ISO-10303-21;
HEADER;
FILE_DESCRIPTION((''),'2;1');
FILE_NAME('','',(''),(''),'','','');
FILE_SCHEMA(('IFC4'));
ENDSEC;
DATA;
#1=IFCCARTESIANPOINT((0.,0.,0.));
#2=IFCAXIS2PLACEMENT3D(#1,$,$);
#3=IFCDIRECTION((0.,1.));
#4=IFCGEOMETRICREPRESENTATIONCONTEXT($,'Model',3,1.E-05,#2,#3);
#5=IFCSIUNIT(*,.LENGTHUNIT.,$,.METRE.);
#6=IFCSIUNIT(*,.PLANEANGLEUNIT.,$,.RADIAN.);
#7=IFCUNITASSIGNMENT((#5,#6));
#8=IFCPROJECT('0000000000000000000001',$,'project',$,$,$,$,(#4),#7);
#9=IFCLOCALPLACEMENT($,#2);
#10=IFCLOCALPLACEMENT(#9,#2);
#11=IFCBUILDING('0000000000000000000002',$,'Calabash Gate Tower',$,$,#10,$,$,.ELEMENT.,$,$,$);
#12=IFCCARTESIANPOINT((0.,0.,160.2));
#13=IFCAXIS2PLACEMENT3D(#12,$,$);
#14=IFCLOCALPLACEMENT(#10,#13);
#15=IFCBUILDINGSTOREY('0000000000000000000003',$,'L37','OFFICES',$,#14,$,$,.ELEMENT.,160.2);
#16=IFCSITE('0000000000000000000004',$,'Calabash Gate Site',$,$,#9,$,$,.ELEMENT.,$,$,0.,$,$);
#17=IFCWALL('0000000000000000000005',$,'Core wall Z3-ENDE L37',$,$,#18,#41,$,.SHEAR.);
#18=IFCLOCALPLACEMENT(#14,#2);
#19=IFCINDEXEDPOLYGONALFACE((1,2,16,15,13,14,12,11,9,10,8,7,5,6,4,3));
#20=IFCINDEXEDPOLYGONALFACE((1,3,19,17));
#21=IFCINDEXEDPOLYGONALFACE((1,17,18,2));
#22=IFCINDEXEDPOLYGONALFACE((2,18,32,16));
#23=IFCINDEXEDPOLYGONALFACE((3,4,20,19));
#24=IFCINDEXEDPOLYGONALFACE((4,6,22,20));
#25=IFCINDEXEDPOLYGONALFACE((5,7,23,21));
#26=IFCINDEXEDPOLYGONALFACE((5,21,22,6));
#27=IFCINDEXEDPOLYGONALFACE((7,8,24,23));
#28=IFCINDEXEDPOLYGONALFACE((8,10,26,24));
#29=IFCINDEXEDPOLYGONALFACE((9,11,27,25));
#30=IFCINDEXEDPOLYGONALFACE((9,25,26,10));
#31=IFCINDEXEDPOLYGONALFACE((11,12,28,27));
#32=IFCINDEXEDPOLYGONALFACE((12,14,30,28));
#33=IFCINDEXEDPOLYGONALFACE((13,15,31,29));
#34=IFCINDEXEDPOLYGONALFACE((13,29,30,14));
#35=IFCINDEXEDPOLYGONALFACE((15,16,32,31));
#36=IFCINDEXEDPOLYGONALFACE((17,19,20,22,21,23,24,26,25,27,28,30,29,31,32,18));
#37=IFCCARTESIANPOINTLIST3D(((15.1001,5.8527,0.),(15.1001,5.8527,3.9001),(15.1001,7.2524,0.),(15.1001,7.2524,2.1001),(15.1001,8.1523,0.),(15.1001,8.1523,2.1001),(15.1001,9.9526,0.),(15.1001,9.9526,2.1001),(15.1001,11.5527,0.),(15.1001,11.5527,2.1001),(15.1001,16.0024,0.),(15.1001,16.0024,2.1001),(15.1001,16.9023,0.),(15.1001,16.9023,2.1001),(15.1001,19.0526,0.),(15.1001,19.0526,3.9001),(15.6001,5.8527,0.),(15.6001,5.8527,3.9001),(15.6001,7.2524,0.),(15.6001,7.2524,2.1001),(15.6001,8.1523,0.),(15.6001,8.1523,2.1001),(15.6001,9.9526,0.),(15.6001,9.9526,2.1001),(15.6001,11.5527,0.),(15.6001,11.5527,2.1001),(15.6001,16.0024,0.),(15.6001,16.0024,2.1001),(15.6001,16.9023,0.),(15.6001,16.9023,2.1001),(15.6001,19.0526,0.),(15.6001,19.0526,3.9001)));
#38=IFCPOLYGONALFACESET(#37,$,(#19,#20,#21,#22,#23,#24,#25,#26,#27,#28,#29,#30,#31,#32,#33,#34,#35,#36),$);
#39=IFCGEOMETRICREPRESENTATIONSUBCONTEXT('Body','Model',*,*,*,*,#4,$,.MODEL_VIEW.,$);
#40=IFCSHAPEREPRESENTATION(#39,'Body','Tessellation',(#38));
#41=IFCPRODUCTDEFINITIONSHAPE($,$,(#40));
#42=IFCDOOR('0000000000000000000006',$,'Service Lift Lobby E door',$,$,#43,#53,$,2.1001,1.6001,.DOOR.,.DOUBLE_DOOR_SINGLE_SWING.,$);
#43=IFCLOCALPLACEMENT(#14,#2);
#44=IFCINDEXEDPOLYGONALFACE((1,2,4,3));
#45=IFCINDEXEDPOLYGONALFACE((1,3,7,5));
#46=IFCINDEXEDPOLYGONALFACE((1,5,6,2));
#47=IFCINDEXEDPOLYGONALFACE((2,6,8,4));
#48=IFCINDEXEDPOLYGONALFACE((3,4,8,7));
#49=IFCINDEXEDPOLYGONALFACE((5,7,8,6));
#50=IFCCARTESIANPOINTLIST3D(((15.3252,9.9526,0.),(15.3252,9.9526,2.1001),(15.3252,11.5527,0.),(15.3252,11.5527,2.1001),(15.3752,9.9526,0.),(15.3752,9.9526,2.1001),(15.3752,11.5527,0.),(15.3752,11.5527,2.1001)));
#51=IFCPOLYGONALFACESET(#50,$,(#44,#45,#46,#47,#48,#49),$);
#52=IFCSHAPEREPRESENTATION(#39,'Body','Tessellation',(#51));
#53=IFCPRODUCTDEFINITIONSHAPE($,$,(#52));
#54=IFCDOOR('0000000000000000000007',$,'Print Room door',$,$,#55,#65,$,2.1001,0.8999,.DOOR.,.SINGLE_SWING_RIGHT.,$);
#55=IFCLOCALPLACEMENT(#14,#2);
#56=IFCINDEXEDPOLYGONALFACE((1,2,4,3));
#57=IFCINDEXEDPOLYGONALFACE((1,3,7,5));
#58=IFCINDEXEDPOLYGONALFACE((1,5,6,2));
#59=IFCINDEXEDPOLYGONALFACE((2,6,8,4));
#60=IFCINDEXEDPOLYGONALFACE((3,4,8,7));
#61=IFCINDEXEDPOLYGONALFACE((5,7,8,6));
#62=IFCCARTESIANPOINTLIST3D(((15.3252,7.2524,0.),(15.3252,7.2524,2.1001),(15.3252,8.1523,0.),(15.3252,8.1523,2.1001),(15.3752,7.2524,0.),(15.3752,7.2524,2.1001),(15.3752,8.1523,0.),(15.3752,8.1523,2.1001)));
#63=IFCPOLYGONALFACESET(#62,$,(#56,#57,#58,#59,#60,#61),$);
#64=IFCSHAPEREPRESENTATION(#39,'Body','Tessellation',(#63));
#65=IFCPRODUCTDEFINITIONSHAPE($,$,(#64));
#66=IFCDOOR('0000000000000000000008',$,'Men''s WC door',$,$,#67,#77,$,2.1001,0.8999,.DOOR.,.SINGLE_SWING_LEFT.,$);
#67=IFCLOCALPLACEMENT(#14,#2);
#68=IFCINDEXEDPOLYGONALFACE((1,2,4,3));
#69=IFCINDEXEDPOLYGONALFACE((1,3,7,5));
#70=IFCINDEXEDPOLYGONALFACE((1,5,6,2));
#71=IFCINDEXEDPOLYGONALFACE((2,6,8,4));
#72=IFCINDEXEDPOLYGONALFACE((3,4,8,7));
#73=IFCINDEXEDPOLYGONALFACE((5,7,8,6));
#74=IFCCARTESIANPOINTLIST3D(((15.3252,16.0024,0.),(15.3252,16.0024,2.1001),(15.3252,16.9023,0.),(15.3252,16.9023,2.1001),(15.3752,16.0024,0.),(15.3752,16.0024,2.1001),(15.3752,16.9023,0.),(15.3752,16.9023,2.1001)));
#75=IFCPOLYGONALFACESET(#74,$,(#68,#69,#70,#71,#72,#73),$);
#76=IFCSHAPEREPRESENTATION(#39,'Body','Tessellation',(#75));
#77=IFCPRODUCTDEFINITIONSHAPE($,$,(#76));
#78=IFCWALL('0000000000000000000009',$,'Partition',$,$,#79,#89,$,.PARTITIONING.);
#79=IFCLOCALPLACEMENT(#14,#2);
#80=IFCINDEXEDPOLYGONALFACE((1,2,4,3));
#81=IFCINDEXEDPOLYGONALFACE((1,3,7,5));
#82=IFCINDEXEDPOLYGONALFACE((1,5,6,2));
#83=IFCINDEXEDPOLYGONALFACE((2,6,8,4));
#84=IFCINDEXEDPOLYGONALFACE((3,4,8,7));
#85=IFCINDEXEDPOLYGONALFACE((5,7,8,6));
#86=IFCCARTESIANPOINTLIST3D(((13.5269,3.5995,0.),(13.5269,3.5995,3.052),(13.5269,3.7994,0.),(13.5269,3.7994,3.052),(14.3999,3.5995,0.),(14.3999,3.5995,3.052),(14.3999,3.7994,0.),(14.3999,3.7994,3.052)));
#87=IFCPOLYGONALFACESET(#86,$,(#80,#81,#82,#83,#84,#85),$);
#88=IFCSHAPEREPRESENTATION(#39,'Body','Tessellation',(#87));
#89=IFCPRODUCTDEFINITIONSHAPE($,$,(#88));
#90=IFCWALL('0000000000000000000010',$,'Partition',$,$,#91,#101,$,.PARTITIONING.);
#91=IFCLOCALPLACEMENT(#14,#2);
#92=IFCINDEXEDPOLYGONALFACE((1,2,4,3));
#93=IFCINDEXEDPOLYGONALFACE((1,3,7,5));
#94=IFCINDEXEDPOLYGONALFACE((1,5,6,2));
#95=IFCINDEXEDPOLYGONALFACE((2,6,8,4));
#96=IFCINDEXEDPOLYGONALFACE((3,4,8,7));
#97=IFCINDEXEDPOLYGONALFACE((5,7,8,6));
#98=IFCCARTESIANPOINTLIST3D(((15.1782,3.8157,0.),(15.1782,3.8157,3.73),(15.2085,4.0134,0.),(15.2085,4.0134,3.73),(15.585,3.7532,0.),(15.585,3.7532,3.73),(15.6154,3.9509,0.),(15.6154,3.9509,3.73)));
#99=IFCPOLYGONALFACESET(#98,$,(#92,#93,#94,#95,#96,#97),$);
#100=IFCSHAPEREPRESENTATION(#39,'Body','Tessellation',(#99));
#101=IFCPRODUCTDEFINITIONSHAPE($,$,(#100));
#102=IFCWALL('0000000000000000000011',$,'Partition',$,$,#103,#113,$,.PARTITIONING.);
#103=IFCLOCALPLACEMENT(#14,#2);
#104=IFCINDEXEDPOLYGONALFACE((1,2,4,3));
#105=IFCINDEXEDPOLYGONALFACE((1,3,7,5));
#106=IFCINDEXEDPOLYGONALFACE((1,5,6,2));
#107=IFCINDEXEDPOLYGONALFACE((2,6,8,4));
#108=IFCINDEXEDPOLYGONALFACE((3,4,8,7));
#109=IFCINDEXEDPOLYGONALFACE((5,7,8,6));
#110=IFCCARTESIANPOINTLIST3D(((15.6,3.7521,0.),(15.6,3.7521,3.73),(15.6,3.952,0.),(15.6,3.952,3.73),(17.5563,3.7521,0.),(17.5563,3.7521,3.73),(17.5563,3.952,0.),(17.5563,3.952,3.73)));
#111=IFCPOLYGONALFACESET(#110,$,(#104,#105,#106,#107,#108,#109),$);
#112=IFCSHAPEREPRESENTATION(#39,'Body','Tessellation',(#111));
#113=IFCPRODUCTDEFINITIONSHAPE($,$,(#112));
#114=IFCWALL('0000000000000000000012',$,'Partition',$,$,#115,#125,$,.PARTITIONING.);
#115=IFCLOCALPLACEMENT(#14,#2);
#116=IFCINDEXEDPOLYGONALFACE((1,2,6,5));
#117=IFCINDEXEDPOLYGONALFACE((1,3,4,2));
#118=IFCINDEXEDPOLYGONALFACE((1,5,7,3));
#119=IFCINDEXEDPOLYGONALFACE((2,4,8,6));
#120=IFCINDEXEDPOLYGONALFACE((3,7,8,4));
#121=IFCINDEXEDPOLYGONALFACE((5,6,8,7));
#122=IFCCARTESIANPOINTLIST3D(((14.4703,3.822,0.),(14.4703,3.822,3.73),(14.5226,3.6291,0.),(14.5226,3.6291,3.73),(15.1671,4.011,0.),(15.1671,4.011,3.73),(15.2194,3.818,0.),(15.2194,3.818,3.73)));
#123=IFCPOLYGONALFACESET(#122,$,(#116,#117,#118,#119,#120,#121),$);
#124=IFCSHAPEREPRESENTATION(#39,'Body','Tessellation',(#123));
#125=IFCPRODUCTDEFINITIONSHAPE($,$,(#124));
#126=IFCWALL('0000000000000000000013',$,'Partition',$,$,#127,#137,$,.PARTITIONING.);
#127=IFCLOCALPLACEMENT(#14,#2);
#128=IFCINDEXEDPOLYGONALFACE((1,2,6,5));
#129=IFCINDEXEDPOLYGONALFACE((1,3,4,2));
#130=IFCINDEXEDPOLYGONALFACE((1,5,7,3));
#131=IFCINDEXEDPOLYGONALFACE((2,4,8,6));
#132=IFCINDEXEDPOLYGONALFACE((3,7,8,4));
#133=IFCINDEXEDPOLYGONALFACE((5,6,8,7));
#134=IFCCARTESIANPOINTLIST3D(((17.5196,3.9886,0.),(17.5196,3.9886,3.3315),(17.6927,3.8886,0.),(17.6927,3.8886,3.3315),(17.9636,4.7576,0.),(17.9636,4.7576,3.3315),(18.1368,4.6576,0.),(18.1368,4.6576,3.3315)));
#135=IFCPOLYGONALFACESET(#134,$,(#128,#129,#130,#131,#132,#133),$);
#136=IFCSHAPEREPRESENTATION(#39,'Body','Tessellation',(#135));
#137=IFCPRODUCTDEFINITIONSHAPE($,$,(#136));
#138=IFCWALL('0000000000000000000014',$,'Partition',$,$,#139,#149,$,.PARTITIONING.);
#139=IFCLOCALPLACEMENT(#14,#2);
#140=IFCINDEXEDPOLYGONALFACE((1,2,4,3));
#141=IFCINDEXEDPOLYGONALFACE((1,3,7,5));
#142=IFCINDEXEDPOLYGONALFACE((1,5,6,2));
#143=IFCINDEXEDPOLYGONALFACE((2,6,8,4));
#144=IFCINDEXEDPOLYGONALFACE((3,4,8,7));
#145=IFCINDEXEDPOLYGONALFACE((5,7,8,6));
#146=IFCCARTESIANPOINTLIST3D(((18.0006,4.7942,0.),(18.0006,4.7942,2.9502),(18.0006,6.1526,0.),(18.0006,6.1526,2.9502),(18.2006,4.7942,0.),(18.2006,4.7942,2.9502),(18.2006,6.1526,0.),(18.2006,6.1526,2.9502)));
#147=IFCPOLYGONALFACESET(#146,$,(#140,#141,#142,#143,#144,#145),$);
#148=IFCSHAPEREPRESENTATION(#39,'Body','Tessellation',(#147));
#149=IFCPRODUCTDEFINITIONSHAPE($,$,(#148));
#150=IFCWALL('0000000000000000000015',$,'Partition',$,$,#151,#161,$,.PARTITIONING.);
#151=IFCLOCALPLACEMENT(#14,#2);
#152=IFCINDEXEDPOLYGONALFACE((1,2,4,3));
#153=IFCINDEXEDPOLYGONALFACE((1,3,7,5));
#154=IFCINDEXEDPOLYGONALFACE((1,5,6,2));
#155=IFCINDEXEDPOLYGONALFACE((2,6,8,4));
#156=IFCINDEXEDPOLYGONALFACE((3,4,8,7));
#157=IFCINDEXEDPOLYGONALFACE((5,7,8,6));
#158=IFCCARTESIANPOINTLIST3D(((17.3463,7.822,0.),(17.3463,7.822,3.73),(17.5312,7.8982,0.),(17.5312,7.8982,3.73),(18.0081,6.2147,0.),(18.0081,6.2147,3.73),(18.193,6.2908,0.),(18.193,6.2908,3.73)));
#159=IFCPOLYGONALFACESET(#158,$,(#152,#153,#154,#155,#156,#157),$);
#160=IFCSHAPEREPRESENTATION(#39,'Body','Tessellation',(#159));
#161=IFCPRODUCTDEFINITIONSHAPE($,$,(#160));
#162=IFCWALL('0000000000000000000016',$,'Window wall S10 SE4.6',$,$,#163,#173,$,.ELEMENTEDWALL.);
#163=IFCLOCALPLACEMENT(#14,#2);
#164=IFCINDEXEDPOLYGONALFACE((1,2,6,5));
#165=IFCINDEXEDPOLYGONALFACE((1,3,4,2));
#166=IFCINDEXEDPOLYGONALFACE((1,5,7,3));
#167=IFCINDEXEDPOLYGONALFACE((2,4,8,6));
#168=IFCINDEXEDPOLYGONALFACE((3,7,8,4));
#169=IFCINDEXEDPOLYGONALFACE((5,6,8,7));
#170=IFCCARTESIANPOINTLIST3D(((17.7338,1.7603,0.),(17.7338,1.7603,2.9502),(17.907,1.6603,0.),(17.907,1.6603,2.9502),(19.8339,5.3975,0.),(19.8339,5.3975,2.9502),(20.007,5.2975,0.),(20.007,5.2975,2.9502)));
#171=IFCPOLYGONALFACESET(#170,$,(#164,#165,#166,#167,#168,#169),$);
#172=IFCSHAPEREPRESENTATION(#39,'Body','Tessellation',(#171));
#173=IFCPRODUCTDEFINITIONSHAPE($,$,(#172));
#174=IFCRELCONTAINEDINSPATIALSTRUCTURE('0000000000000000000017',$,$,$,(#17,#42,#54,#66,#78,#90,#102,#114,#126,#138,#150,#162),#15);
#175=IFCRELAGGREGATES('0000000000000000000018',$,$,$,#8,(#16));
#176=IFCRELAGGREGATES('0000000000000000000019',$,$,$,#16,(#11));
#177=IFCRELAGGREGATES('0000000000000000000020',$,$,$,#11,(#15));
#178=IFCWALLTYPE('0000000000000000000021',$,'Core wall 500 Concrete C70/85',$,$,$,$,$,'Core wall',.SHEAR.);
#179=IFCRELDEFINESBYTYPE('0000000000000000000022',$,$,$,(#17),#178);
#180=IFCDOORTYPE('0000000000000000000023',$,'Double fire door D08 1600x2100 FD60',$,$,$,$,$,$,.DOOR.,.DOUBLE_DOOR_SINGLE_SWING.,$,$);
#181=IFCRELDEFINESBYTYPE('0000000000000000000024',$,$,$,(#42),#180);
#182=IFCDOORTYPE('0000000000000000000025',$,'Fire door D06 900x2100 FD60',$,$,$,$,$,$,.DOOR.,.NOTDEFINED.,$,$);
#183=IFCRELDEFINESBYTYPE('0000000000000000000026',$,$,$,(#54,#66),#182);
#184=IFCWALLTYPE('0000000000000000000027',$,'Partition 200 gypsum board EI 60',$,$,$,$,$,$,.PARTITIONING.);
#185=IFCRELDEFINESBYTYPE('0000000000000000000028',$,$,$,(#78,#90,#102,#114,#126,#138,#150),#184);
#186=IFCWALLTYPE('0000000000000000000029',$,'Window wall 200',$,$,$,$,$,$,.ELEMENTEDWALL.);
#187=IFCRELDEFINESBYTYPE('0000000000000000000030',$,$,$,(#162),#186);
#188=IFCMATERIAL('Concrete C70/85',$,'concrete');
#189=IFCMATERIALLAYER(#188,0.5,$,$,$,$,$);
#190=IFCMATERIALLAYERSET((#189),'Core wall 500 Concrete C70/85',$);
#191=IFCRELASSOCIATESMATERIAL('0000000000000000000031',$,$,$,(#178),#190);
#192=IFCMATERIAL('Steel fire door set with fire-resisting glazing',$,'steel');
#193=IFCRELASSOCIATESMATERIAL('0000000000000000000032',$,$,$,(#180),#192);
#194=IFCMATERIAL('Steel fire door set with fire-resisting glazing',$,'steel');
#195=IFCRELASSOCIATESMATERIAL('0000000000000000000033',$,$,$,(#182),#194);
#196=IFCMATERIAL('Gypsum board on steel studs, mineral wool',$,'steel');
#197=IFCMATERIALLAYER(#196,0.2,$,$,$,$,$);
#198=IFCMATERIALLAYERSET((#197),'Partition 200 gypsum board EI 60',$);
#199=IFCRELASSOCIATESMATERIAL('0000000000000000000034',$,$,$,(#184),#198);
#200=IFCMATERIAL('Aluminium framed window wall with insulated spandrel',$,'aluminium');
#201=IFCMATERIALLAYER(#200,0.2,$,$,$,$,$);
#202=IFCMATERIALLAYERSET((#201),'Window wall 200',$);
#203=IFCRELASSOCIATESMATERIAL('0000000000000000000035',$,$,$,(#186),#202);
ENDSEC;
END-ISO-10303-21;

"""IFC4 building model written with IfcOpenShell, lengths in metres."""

from ifc_helpers import new_model, si_unit, direction, frame, frame_2d, origin, place, context, subcontext, project, spatial, rectangle, extrude, material, layer, layer_set, type_object, element, fill, save


model = new_model("IFC4")

# Units and contexts
model_context = context("Model", 3, precision=1e-05, world=origin(), true_north=direction((0.0, 1.0)))
body_context = subcontext(model_context, "Body", "Model", "MODEL_VIEW")
ifc_project = project(units=[si_unit("LENGTHUNIT", "METRE"), si_unit("PLANEANGLEUNIT", "RADIAN")], contexts=[model_context])

# Site, building, storey
site_placement = place(None, origin())
site = spatial("IfcSite", under=ifc_project, at=site_placement, Name="Calabash Gate Site", CompositionType="ELEMENT", RefElevation=0.0)
building_placement = place(site_placement, origin())
building = spatial("IfcBuilding", under=site, at=building_placement, Name="Calabash Gate Tower", CompositionType="ELEMENT")
storey_placement = place(building_placement, frame((0.0, 0.0, 160.2)))
storey = spatial("IfcBuildingStorey", under=building, at=storey_placement, Name="L37", Description="OFFICES", CompositionType="ELEMENT", Elevation=160.2)

# Wall, openings, doors
ifc_material_1 = material(Name="Concrete C70/85", Category="concrete")
ifc_layer_1 = layer(ifc_material_1, 0.5)
ifc_layer_set_1 = layer_set([ifc_layer_1], Name="Core wall 500 Concrete C70/85")
wall_type_1 = type_object("IfcWallType", Name="Core wall 500 Concrete C70/85", ElementType="Core wall", PredefinedType="SHEAR", material=ifc_layer_set_1)
wall_1_placement = place(storey_placement, frame((15.3501, 5.8525, 0.0), z_axis=(0.0, 0.0, 1.0), x_axis=(0.0, 1.0, 0.0)))
wall_1 = element("IfcWall", 1, at=wall_1_placement, inside=storey, type_object=wall_type_1, Name="Core wall Z3-ENDE L37", PredefinedType="SHEAR", context=body_context, shape_type="SweptSolid", body=[
    extrude(rectangle(XDim=13.2, YDim=0.5, at=frame_2d((6.6001, 0.0))), origin(), (0.0, 0.0, 1.0), 3.9001),
])
opening_1_placement = place(wall_1_placement, frame((4.1001, 0.0, 0.0)))
opening_1 = element("IfcOpeningElement", 2, at=opening_1_placement, cuts=wall_1, PredefinedType="OPENING", context=body_context, shape_type="SweptSolid", body=[
    extrude(rectangle(XDim=1.6001, YDim=2.1001, at=frame_2d((0.8, 1.05))), frame((0.0, 0.26, 0.0), z_axis=(0.0, -1.0, 0.0), x_axis=(1.0, 0.0, 0.0)), (0.0, 0.0, 1.0), 0.52),
])
opening_2_placement = place(wall_1_placement, frame((1.3999, 0.0, 0.0)))
opening_2 = element("IfcOpeningElement", 3, at=opening_2_placement, cuts=wall_1, PredefinedType="OPENING", context=body_context, shape_type="SweptSolid", body=[
    extrude(rectangle(XDim=0.8999, YDim=2.1001, at=frame_2d((0.45, 1.05))), frame((0.0, 0.26, 0.0), z_axis=(0.0, -1.0, 0.0), x_axis=(1.0, 0.0, 0.0)), (0.0, 0.0, 1.0), 0.52),
])
opening_3_placement = place(wall_1_placement, frame((10.1499, 0.0, 0.0)))
opening_3 = element("IfcOpeningElement", 4, at=opening_3_placement, cuts=wall_1, PredefinedType="OPENING", context=body_context, shape_type="SweptSolid", body=[
    extrude(rectangle(XDim=0.8999, YDim=2.1001, at=frame_2d((0.45, 1.05))), frame((0.0, 0.26, 0.0), z_axis=(0.0, -1.0, 0.0), x_axis=(1.0, 0.0, 0.0)), (0.0, 0.0, 1.0), 0.52),
])
ifc_material_2 = material(Name="Steel fire door set with fire-resisting glazing", Category="steel")
door_type_1 = type_object("IfcDoorType", Name="Double fire door D08 1600x2100 FD60", OperationType="DOUBLE_DOOR_SINGLE_SWING", PredefinedType="DOOR", material=ifc_material_2)
door_1_placement = place(opening_1_placement, origin())
door_1 = element("IfcDoor", 5, at=door_1_placement, inside=storey, type_object=door_type_1, Name="Service Lift Lobby E door", OperationType="DOUBLE_DOOR_SINGLE_SWING", OverallHeight=2.1001, OverallWidth=1.6001, PredefinedType="DOOR", context=body_context, shape_type="SweptSolid", body=[
    extrude(rectangle(XDim=1.6001, YDim=2.1001, at=frame_2d((0.8, 1.05))), frame((0.0, 0.0249, 0.0), z_axis=(0.0, -1.0, 0.0), x_axis=(1.0, 0.0, 0.0)), (0.0, 0.0, 1.0), 0.05),
])
fill(opening_1, door_1)
ifc_material_3 = material(Name="Steel fire door set with fire-resisting glazing", Category="steel")
door_type_2 = type_object("IfcDoorType", Name="Fire door D06 900x2100 FD60", OperationType="NOTDEFINED", PredefinedType="DOOR", material=ifc_material_3)
door_2_placement = place(opening_2_placement, origin())
door_2 = element("IfcDoor", 6, at=door_2_placement, inside=storey, type_object=door_type_2, Name="Print Room door", OperationType="SINGLE_SWING_RIGHT", OverallHeight=2.1001, OverallWidth=0.8999, PredefinedType="DOOR", context=body_context, shape_type="SweptSolid", body=[
    extrude(rectangle(XDim=0.8999, YDim=2.1001, at=frame_2d((0.45, 1.05))), frame((0.0, 0.0249, 0.0), z_axis=(0.0, -1.0, 0.0), x_axis=(1.0, 0.0, 0.0)), (0.0, 0.0, 1.0), 0.05),
])
fill(opening_2, door_2)
door_3_placement = place(opening_3_placement, origin())
door_3 = element("IfcDoor", 7, at=door_3_placement, inside=storey, type_object=door_type_2, Name="Men's WC door", OperationType="SINGLE_SWING_LEFT", OverallHeight=2.1001, OverallWidth=0.8999, PredefinedType="DOOR", context=body_context, shape_type="SweptSolid", body=[
    extrude(rectangle(XDim=0.8999, YDim=2.1001, at=frame_2d((0.45, 1.05))), frame((0.0, 0.0249, 0.0), z_axis=(0.0, -1.0, 0.0), x_axis=(1.0, 0.0, 0.0)), (0.0, 0.0, 1.0), 0.05),
])
fill(opening_3, door_3)

# Walls
ifc_material_4 = material(Name="Gypsum board on steel studs, mineral wool", Category="steel")
ifc_layer_2 = layer(ifc_material_4, 0.2)
ifc_layer_set_2 = layer_set([ifc_layer_2], Name="Partition 200 gypsum board EI 60")
wall_type_2 = type_object("IfcWallType", Name="Partition 200 gypsum board EI 60", PredefinedType="PARTITIONING", material=ifc_layer_set_2)
wall_2_placement = place(storey_placement, frame((13.5269, 3.6995, 0.0), z_axis=(0.0, 0.0, 1.0), x_axis=(1.0, 0.0, 0.0)))
element("IfcWall", 8, at=wall_2_placement, inside=storey, type_object=wall_type_2, Name="Partition", PredefinedType="PARTITIONING", context=body_context, shape_type="SweptSolid", body=[
    extrude(rectangle(XDim=0.873, YDim=0.2, at=frame_2d((0.4365, 0.0))), origin(), (0.0, 0.0, 1.0), 3.052),
])
wall_3_placement = place(storey_placement, frame((15.1934, 3.9146, 0.0), z_axis=(0.0, 0.0, 1.0), x_axis=(0.988399, -0.151879, 0.0)))
element("IfcWall", 9, at=wall_3_placement, inside=storey, type_object=wall_type_2, Name="Partition", PredefinedType="PARTITIONING", context=body_context, shape_type="SweptSolid", body=[
    extrude(rectangle(XDim=0.4116, YDim=0.2, at=frame_2d((0.2058, 0.0))), origin(), (0.0, 0.0, 1.0), 3.73),
])
wall_4_placement = place(storey_placement, frame((15.6001, 3.8521, 0.0), z_axis=(0.0, 0.0, 1.0), x_axis=(1.0, 0.0, 0.0)))
element("IfcWall", 10, at=wall_4_placement, inside=storey, type_object=wall_type_2, Name="Partition", PredefinedType="PARTITIONING", context=body_context, shape_type="SweptSolid", body=[
    extrude(rectangle(XDim=1.9563, YDim=0.2, at=frame_2d((0.978, 0.0))), origin(), (0.0, 0.0, 1.0), 3.73),
])
wall_5_placement = place(storey_placement, frame((14.4966, 3.7256, 0.0), z_axis=(0.0, 0.0, 1.0), x_axis=(0.965137, 0.261744, 0.0)))
element("IfcWall", 11, at=wall_5_placement, inside=storey, type_object=wall_type_2, Name="Partition", PredefinedType="PARTITIONING", context=body_context, shape_type="SweptSolid", body=[
    extrude(rectangle(XDim=0.7219, YDim=0.2, at=frame_2d((0.3608, 0.0))), origin(), (0.0, 0.0, 1.0), 3.73),
])
wall_6_placement = place(storey_placement, frame((17.6062, 3.9387, 0.0), z_axis=(0.0, 0.0, 1.0), x_axis=(0.500071, 0.865984, 0.0)))
element("IfcWall", 12, at=wall_6_placement, inside=storey, type_object=wall_type_2, Name="Partition", PredefinedType="PARTITIONING", context=body_context, shape_type="SweptSolid", body=[
    extrude(rectangle(XDim=0.8879, YDim=0.2, at=frame_2d((0.4438, 0.0))), origin(), (0.0, 0.0, 1.0), 3.3315),
])
wall_7_placement = place(storey_placement, frame((18.1006, 4.7942, 0.0), z_axis=(0.0, 0.0, 1.0), x_axis=(0.0, 1.0, 0.0)))
element("IfcWall", 13, at=wall_7_placement, inside=storey, type_object=wall_type_2, Name="Partition", PredefinedType="PARTITIONING", context=body_context, shape_type="SweptSolid", body=[
    extrude(rectangle(XDim=1.3584, YDim=0.2, at=frame_2d((0.6792, 0.0))), origin(), (0.0, 0.0, 1.0), 2.9502),
])
wall_8_placement = place(storey_placement, frame((17.4387, 7.8601, 0.0), z_axis=(0.0, 0.0, 1.0), x_axis=(0.380743, -0.924681, 0.0)))
element("IfcWall", 14, at=wall_8_placement, inside=storey, type_object=wall_type_2, Name="Partition", PredefinedType="PARTITIONING", context=body_context, shape_type="SweptSolid", body=[
    extrude(rectangle(XDim=1.7383, YDim=0.2, at=frame_2d((0.8691, 0.0))), origin(), (0.0, 0.0, 1.0), 3.73),
])

# Wall
ifc_material_5 = material(Name="Aluminium framed window wall with insulated spandrel", Category="aluminium")
ifc_layer_3 = layer(ifc_material_5, 0.2)
ifc_layer_set_3 = layer_set([ifc_layer_3], Name="Window wall 200")
wall_type_3 = type_object("IfcWallType", Name="Window wall 200", PredefinedType="ELEMENTEDWALL", material=ifc_layer_set_3)
wall_9_placement = place(storey_placement, frame((17.8203, 1.7102, 0.0), z_axis=(0.0, 0.0, 1.0), x_axis=(0.500028, 0.866009, 0.0)))
element("IfcWall", 15, at=wall_9_placement, inside=storey, type_object=wall_type_3, Name="Window wall S10 SE4.6", PredefinedType="ELEMENTEDWALL", context=body_context, shape_type="SweptSolid", body=[
    extrude(rectangle(XDim=4.2, YDim=0.2, at=frame_2d((2.1001, 0.0))), origin(), (0.0, 0.0, 1.0), 2.9502),
])

save(model, "model.ifc")
